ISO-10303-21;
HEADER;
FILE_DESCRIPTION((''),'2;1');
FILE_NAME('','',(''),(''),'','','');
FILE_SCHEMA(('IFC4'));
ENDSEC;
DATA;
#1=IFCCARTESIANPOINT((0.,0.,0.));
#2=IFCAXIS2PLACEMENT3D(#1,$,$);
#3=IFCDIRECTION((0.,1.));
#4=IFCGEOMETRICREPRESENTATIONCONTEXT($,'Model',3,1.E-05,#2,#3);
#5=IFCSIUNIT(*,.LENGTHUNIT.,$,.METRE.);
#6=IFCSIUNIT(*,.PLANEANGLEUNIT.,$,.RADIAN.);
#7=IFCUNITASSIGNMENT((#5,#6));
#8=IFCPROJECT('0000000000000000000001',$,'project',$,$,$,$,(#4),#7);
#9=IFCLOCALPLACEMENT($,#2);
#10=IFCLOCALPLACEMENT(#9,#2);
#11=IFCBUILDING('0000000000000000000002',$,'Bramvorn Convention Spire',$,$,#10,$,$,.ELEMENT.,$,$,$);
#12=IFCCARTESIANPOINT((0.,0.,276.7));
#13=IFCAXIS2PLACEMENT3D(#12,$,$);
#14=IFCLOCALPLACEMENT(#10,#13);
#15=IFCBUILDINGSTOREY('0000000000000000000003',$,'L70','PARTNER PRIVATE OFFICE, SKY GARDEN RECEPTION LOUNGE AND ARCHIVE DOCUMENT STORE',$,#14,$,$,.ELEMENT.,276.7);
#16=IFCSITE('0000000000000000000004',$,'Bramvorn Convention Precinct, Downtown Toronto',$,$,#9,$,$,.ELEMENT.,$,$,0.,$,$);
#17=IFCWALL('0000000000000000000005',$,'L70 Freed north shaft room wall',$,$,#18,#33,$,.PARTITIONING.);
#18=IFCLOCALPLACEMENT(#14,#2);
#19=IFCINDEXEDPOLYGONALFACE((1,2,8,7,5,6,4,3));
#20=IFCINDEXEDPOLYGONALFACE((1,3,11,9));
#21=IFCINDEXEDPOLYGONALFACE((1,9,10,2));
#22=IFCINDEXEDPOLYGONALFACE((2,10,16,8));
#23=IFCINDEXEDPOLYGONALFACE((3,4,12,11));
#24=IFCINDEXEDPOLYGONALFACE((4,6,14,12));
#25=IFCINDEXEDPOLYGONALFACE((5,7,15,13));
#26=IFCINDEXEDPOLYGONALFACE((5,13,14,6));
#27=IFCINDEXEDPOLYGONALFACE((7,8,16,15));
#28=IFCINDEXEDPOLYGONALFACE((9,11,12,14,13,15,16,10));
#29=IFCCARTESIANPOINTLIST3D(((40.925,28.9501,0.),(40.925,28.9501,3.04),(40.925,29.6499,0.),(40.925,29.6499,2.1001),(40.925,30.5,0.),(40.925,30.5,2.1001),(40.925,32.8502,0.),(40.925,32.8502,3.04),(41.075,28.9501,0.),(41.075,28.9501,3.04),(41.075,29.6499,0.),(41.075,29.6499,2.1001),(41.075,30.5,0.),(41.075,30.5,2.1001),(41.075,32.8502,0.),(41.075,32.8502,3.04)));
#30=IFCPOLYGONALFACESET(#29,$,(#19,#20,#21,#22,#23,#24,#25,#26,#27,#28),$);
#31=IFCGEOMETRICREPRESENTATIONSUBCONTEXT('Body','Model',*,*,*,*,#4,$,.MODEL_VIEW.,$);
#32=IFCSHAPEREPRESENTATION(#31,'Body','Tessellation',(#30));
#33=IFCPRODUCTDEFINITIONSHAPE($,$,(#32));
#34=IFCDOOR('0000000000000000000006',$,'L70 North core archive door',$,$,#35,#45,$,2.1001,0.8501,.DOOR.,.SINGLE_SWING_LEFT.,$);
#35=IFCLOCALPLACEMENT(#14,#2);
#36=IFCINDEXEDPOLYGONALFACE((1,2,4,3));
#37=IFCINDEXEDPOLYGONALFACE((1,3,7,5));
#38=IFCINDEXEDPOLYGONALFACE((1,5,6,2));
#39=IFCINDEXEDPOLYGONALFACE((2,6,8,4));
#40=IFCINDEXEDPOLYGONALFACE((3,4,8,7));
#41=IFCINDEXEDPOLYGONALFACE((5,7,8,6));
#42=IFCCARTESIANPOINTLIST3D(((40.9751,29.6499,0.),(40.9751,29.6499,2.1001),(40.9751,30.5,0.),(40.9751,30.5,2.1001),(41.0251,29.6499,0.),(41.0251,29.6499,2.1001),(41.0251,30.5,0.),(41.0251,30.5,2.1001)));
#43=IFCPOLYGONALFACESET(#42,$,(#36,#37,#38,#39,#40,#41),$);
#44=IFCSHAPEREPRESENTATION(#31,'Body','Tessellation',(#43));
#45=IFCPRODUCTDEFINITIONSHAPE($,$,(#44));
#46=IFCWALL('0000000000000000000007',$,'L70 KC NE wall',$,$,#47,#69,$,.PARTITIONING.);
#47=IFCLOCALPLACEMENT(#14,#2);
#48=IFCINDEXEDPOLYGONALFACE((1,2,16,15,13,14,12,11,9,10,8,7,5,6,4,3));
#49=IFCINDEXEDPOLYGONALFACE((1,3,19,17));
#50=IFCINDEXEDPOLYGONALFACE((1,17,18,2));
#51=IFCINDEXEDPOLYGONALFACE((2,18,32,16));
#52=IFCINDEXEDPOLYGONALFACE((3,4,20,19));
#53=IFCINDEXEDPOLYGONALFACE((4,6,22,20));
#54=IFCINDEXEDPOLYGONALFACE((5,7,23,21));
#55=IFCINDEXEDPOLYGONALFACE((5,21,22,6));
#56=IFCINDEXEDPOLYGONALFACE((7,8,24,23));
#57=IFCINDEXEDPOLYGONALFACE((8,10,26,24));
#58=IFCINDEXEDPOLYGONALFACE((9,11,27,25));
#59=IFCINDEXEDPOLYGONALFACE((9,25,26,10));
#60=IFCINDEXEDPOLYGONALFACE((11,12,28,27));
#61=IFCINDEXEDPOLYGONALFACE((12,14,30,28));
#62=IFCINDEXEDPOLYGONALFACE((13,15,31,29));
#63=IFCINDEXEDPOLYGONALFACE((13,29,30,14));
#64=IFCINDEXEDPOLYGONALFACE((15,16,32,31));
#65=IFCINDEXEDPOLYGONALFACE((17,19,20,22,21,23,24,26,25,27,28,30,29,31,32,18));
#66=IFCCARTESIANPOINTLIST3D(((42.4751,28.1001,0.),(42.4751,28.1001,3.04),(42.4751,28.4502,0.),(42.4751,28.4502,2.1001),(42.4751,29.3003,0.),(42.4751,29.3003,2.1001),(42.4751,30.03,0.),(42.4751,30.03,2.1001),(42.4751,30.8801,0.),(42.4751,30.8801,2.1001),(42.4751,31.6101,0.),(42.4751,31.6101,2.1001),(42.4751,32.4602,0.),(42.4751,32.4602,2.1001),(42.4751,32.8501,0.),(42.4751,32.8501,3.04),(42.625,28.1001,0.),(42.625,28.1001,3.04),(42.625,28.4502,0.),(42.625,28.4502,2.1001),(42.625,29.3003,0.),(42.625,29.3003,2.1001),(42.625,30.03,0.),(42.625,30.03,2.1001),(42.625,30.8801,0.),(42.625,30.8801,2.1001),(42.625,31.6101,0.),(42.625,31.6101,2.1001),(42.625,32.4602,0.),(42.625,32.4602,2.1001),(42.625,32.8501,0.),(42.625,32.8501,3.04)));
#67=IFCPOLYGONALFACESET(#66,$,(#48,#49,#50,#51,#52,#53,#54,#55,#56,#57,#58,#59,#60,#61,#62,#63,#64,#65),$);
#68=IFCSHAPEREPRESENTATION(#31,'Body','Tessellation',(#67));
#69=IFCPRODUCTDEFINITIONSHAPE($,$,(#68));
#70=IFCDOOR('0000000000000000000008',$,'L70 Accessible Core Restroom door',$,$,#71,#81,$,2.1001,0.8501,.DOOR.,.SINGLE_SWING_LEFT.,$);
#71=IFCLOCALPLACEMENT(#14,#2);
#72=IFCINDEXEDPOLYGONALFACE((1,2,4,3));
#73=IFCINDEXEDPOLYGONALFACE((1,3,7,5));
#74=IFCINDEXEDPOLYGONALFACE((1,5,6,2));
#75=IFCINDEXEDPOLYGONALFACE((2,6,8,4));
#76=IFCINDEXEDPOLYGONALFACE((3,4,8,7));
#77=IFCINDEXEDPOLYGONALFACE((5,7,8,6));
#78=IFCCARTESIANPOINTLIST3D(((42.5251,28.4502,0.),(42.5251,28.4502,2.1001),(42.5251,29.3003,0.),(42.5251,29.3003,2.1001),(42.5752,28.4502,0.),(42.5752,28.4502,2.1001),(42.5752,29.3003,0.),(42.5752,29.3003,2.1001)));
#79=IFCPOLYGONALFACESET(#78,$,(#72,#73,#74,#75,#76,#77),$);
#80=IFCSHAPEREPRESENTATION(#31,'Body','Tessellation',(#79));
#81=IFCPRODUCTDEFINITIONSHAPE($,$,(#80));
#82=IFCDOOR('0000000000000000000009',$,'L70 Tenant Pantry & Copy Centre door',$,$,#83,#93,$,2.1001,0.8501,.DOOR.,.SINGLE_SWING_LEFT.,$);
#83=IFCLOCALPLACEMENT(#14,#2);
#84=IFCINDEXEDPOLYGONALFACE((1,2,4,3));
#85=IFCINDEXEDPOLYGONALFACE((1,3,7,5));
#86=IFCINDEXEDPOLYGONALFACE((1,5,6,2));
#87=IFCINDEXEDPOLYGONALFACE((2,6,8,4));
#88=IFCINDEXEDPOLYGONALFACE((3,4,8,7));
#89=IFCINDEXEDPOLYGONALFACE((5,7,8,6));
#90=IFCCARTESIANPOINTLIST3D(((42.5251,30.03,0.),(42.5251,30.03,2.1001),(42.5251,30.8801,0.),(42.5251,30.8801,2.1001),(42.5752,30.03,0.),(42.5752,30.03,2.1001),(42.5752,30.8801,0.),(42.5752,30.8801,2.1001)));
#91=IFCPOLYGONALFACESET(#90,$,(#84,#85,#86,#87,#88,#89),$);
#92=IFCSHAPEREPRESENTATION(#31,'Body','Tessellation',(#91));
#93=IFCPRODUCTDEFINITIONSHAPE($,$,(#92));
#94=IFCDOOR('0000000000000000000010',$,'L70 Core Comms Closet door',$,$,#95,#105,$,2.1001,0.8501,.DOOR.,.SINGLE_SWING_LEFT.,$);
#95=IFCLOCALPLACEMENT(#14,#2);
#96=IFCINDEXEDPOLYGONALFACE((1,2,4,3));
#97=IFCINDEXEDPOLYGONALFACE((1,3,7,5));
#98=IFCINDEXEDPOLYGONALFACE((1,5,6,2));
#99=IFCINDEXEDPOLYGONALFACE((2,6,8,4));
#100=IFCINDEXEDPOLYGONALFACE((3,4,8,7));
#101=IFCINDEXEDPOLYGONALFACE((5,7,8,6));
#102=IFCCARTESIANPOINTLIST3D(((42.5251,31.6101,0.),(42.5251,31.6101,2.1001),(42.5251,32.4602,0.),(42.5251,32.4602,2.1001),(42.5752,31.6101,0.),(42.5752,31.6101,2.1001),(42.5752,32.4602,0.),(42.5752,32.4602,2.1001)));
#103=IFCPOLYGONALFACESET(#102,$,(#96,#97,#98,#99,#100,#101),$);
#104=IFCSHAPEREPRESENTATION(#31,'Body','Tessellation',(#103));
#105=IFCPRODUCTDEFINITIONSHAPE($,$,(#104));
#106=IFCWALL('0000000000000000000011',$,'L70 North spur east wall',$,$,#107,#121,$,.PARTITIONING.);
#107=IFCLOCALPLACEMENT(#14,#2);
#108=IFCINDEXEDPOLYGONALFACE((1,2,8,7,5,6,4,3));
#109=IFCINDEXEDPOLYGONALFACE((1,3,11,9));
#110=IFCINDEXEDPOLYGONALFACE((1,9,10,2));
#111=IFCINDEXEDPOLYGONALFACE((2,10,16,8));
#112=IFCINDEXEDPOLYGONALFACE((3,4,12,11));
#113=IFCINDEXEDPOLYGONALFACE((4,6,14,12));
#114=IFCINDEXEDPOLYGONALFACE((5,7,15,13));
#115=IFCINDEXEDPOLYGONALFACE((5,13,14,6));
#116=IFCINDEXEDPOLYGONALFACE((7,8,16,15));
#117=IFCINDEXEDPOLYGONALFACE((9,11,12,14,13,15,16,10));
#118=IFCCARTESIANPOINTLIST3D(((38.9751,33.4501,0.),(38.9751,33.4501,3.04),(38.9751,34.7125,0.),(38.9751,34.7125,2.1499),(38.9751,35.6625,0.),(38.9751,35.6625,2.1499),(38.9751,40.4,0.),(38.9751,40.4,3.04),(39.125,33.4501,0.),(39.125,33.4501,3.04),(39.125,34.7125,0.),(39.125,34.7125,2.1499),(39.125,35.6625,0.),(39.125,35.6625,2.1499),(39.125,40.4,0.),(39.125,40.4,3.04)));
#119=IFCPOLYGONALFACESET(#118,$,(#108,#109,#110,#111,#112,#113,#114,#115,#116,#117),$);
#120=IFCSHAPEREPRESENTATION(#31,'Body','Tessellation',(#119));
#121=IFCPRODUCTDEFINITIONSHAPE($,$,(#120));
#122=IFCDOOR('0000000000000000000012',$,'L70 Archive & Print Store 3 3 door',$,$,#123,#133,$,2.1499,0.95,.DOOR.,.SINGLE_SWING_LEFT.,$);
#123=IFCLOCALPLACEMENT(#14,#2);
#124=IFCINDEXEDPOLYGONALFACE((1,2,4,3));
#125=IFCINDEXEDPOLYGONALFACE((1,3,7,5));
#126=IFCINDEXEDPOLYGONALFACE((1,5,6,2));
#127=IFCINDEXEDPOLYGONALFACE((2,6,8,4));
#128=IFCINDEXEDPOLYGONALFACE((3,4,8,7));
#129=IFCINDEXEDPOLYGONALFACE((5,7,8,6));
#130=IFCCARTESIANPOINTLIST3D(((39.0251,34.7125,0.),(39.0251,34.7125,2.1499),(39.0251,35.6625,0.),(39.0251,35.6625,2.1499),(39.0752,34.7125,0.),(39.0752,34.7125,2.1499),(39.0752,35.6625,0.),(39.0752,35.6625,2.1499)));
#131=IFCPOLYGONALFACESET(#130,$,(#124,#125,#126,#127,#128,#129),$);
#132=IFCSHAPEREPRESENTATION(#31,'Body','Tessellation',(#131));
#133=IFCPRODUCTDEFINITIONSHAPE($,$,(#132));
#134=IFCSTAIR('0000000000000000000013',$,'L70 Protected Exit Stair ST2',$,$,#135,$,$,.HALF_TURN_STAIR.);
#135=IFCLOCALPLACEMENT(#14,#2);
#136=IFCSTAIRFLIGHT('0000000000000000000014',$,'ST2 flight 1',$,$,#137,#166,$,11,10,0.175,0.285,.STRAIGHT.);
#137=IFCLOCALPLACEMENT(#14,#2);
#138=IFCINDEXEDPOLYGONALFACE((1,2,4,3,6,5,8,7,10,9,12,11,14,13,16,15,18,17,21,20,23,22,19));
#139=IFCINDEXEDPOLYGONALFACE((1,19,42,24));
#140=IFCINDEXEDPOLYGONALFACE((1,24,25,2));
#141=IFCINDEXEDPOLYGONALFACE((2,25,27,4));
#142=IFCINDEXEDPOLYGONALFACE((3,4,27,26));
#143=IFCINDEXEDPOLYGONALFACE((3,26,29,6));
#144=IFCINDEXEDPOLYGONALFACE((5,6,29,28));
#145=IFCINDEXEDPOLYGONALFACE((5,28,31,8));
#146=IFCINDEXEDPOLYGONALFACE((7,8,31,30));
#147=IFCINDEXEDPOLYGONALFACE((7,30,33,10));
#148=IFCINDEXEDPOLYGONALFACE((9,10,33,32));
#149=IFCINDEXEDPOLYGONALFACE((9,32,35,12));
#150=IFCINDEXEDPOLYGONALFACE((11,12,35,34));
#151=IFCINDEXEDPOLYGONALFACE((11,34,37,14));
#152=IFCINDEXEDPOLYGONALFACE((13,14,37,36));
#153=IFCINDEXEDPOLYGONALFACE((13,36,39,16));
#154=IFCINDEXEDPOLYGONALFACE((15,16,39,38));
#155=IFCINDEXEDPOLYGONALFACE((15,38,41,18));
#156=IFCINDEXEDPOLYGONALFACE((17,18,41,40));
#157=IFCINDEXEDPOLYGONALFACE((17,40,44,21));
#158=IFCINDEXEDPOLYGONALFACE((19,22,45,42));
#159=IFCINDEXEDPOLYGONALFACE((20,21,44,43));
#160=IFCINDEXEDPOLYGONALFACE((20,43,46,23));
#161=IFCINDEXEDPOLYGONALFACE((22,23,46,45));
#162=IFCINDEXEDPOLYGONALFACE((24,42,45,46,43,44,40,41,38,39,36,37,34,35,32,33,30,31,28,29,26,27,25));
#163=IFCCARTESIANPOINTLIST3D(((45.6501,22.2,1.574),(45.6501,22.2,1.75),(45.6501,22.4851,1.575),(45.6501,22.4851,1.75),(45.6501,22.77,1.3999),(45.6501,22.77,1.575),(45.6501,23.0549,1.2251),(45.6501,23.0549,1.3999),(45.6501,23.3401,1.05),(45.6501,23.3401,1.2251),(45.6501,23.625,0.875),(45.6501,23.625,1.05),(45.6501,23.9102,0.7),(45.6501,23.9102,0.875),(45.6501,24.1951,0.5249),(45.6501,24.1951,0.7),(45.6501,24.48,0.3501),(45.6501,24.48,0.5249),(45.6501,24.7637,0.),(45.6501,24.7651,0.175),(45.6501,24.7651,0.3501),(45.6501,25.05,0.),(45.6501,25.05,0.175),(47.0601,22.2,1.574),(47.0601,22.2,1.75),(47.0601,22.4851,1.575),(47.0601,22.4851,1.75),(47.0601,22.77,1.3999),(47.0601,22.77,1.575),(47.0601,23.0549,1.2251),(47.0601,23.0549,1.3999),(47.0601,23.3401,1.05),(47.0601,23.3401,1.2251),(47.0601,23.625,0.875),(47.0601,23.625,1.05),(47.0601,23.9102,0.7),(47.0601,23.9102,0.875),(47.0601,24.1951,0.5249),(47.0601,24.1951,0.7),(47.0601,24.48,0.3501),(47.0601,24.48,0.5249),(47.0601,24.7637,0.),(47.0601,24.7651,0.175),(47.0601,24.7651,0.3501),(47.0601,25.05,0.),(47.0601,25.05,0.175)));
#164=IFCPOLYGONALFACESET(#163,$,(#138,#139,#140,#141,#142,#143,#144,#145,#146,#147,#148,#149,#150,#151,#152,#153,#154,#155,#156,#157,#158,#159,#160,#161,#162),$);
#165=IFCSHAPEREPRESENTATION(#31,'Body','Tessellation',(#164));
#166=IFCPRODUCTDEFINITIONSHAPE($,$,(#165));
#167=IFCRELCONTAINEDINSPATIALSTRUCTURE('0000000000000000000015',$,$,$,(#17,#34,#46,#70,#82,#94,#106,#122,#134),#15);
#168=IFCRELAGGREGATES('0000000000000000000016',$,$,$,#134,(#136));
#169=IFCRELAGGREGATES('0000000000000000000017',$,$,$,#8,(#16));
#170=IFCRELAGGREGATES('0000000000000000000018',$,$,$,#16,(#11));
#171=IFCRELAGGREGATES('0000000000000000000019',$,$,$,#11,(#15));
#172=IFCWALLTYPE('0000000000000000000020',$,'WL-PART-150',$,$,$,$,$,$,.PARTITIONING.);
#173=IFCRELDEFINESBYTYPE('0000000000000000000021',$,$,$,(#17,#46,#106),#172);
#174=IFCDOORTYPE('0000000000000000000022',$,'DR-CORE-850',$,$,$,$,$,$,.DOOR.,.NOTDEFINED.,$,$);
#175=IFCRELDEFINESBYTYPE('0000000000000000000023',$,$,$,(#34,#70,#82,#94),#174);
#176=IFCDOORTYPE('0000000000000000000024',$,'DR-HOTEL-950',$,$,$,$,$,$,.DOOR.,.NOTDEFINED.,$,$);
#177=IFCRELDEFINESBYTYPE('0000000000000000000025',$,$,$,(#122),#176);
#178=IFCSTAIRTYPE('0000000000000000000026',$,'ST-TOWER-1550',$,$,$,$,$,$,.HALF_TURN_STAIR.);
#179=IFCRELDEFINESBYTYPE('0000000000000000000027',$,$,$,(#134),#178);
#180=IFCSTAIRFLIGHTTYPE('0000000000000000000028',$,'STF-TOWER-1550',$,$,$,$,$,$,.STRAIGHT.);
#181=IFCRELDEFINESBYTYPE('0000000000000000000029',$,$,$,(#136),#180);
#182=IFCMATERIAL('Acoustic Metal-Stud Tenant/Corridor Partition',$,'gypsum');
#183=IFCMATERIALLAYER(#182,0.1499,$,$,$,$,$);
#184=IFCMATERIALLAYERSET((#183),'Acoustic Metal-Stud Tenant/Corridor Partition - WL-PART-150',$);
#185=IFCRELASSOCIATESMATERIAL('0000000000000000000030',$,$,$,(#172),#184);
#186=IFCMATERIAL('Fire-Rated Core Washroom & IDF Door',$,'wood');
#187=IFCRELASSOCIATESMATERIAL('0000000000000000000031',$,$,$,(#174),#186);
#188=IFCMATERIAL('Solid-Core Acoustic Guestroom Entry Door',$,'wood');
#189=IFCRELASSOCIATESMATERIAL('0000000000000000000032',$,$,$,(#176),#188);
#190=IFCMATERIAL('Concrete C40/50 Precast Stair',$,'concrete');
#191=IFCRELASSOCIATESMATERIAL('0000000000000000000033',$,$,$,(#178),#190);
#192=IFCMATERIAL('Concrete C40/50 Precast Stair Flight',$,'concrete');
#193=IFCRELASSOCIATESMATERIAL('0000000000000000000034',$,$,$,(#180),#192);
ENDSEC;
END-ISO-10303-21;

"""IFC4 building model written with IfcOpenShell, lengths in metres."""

from ifc_helpers import new_model, si_unit, direction, frame, frame_2d, origin, place, context, subcontext, project, spatial, polyline, rectangle, outline, extrude, material, layer, layer_set, type_object, element, fill, aggregate, save


model = new_model("IFC4")

# Units and contexts
model_context = context("Model", 3, precision=1e-05, world=origin(), true_north=direction((0.0, 1.0)))
body_context = subcontext(model_context, "Body", "Model", "MODEL_VIEW")
ifc_project = project(units=[si_unit("LENGTHUNIT", "METRE"), si_unit("PLANEANGLEUNIT", "RADIAN")], contexts=[model_context])

# Site, building, storey
site_placement = place(None, origin())
site = spatial("IfcSite", under=ifc_project, at=site_placement, Name="Bramvorn Convention Precinct, Downtown Toronto", CompositionType="ELEMENT", RefElevation=0.0)
building_placement = place(site_placement, origin())
building = spatial("IfcBuilding", under=site, at=building_placement, Name="Bramvorn Convention Spire", CompositionType="ELEMENT")
storey_placement = place(building_placement, frame((0.0, 0.0, 276.7)))
storey = spatial("IfcBuildingStorey", under=building, at=storey_placement, Name="L70", Description="PARTNER PRIVATE OFFICE, SKY GARDEN RECEPTION LOUNGE AND ARCHIVE DOCUMENT STORE", CompositionType="ELEMENT", Elevation=276.7)

# Wall, opening, door
ifc_material_1 = material(Name="Acoustic Metal-Stud Tenant/Corridor Partition", Category="gypsum")
ifc_layer_1 = layer(ifc_material_1, 0.1499)
ifc_layer_set_1 = layer_set([ifc_layer_1], Name="Acoustic Metal-Stud Tenant/Corridor Partition - WL-PART-150")
wall_type_1 = type_object("IfcWallType", Name="WL-PART-150", PredefinedType="PARTITIONING", material=ifc_layer_set_1)
wall_1_placement = place(storey_placement, frame((41.0, 28.95, 0.0), z_axis=(0.0, 0.0, 1.0), x_axis=(0.0, 1.0, 0.0)))
wall_1 = element("IfcWall", 1, at=wall_1_placement, inside=storey, type_object=wall_type_1, Name="L70 Freed north shaft room wall", PredefinedType="PARTITIONING", context=body_context, shape_type="SweptSolid", body=[
    extrude(rectangle(XDim=3.9001, YDim=0.1499, at=frame_2d((1.9502, 0.0))), origin(), (0.0, 0.0, 1.0), 3.04),
])
opening_1_placement = place(wall_1_placement, frame((0.7, 0.0, 0.0)))
opening_1 = element("IfcOpeningElement", 2, at=opening_1_placement, cuts=wall_1, PredefinedType="OPENING", context=body_context, shape_type="SweptSolid", body=[
    extrude(rectangle(XDim=0.8501, YDim=2.1001, at=frame_2d((0.425, 1.05))), frame((0.0, 0.085, 0.0), z_axis=(0.0, -1.0, 0.0), x_axis=(1.0, 0.0, 0.0)), (0.0, 0.0, 1.0), 0.1699),
])
ifc_material_2 = material(Name="Fire-Rated Core Washroom & IDF Door", Category="wood")
door_type_1 = type_object("IfcDoorType", Name="DR-CORE-850", OperationType="NOTDEFINED", PredefinedType="DOOR", material=ifc_material_2)
door_1_placement = place(opening_1_placement, origin())
door_1 = element("IfcDoor", 3, at=door_1_placement, inside=storey, type_object=door_type_1, Name="L70 North core archive door", OperationType="SINGLE_SWING_LEFT", OverallHeight=2.1001, OverallWidth=0.8501, PredefinedType="DOOR", context=body_context, shape_type="SweptSolid", body=[
    extrude(rectangle(XDim=0.8501, YDim=2.1001, at=frame_2d((0.425, 1.05))), frame((0.0, 0.0249, 0.0), z_axis=(0.0, -1.0, 0.0), x_axis=(1.0, 0.0, 0.0)), (0.0, 0.0, 1.0), 0.05),
])
fill(opening_1, door_1)

# Wall, openings, doors
wall_2_placement = place(storey_placement, frame((42.55, 28.1001, 0.0), z_axis=(0.0, 0.0, 1.0), x_axis=(0.0, 1.0, 0.0)))
wall_2 = element("IfcWall", 4, at=wall_2_placement, inside=storey, type_object=wall_type_1, Name="L70 KC NE wall", PredefinedType="PARTITIONING", context=body_context, shape_type="SweptSolid", body=[
    extrude(rectangle(XDim=4.75, YDim=0.1499, at=frame_2d((2.375, 0.0))), origin(), (0.0, 0.0, 1.0), 3.04),
])
opening_2_placement = place(wall_2_placement, frame((0.3501, 0.0, 0.0)))
opening_2 = element("IfcOpeningElement", 5, at=opening_2_placement, cuts=wall_2, PredefinedType="OPENING", context=body_context, shape_type="SweptSolid", body=[
    extrude(rectangle(XDim=0.8501, YDim=2.1001, at=frame_2d((0.425, 1.05))), frame((0.0, 0.085, 0.0), z_axis=(0.0, -1.0, 0.0), x_axis=(1.0, 0.0, 0.0)), (0.0, 0.0, 1.0), 0.1699),
])
opening_3_placement = place(wall_2_placement, frame((1.9299, 0.0, 0.0)))
opening_3 = element("IfcOpeningElement", 6, at=opening_3_placement, cuts=wall_2, PredefinedType="OPENING", context=body_context, shape_type="SweptSolid", body=[
    extrude(rectangle(XDim=0.8501, YDim=2.1001, at=frame_2d((0.425, 1.05))), frame((0.0, 0.085, 0.0), z_axis=(0.0, -1.0, 0.0), x_axis=(1.0, 0.0, 0.0)), (0.0, 0.0, 1.0), 0.1699),
])
opening_4_placement = place(wall_2_placement, frame((3.51, 0.0, 0.0)))
opening_4 = element("IfcOpeningElement", 7, at=opening_4_placement, cuts=wall_2, PredefinedType="OPENING", context=body_context, shape_type="SweptSolid", body=[
    extrude(rectangle(XDim=0.8501, YDim=2.1001, at=frame_2d((0.425, 1.05))), frame((0.0, 0.085, 0.0), z_axis=(0.0, -1.0, 0.0), x_axis=(1.0, 0.0, 0.0)), (0.0, 0.0, 1.0), 0.1699),
])
door_2_placement = place(opening_2_placement, origin())
door_2 = element("IfcDoor", 8, at=door_2_placement, inside=storey, type_object=door_type_1, Name="L70 Accessible Core Restroom door", OperationType="SINGLE_SWING_LEFT", OverallHeight=2.1001, OverallWidth=0.8501, PredefinedType="DOOR", context=body_context, shape_type="SweptSolid", body=[
    extrude(rectangle(XDim=0.8501, YDim=2.1001, at=frame_2d((0.425, 1.05))), frame((0.0, 0.0249, 0.0), z_axis=(0.0, -1.0, 0.0), x_axis=(1.0, 0.0, 0.0)), (0.0, 0.0, 1.0), 0.05),
])
fill(opening_2, door_2)
door_3_placement = place(opening_3_placement, origin())
door_3 = element("IfcDoor", 9, at=door_3_placement, inside=storey, type_object=door_type_1, Name="L70 Tenant Pantry & Copy Centre door", OperationType="SINGLE_SWING_LEFT", OverallHeight=2.1001, OverallWidth=0.8501, PredefinedType="DOOR", context=body_context, shape_type="SweptSolid", body=[
    extrude(rectangle(XDim=0.8501, YDim=2.1001, at=frame_2d((0.425, 1.05))), frame((0.0, 0.0249, 0.0), z_axis=(0.0, -1.0, 0.0), x_axis=(1.0, 0.0, 0.0)), (0.0, 0.0, 1.0), 0.05),
])
fill(opening_3, door_3)
door_4_placement = place(opening_4_placement, origin())
door_4 = element("IfcDoor", 10, at=door_4_placement, inside=storey, type_object=door_type_1, Name="L70 Core Comms Closet door", OperationType="SINGLE_SWING_LEFT", OverallHeight=2.1001, OverallWidth=0.8501, PredefinedType="DOOR", context=body_context, shape_type="SweptSolid", body=[
    extrude(rectangle(XDim=0.8501, YDim=2.1001, at=frame_2d((0.425, 1.05))), frame((0.0, 0.0249, 0.0), z_axis=(0.0, -1.0, 0.0), x_axis=(1.0, 0.0, 0.0)), (0.0, 0.0, 1.0), 0.05),
])
fill(opening_4, door_4)

# Wall, opening, door
wall_3_placement = place(storey_placement, frame((39.05, 33.45, 0.0), z_axis=(0.0, 0.0, 1.0), x_axis=(0.0, 1.0, 0.0)))
wall_3 = element("IfcWall", 11, at=wall_3_placement, inside=storey, type_object=wall_type_1, Name="L70 North spur east wall", PredefinedType="PARTITIONING", context=body_context, shape_type="SweptSolid", body=[
    extrude(rectangle(XDim=6.95, YDim=0.1499, at=frame_2d((3.4751, 0.0))), origin(), (0.0, 0.0, 1.0), 3.04),
])
opening_5_placement = place(wall_3_placement, frame((1.2625, 0.0, 0.0)))
opening_5 = element("IfcOpeningElement", 12, at=opening_5_placement, cuts=wall_3, PredefinedType="OPENING", context=body_context, shape_type="SweptSolid", body=[
    extrude(rectangle(XDim=0.95, YDim=2.1499, at=frame_2d((0.4751, 1.075))), frame((0.0, 0.085, 0.0), z_axis=(0.0, -1.0, 0.0), x_axis=(1.0, 0.0, 0.0)), (0.0, 0.0, 1.0), 0.1699),
])
ifc_material_3 = material(Name="Solid-Core Acoustic Guestroom Entry Door", Category="wood")
door_type_2 = type_object("IfcDoorType", Name="DR-HOTEL-950", OperationType="NOTDEFINED", PredefinedType="DOOR", material=ifc_material_3)
door_5_placement = place(opening_5_placement, origin())
door_5 = element("IfcDoor", 13, at=door_5_placement, inside=storey, type_object=door_type_2, Name="L70 Archive & Print Store 3 3 door", OperationType="SINGLE_SWING_LEFT", OverallHeight=2.1499, OverallWidth=0.95, PredefinedType="DOOR", context=body_context, shape_type="SweptSolid", body=[
    extrude(rectangle(XDim=0.95, YDim=2.1499, at=frame_2d((0.4751, 1.075))), frame((0.0, 0.0249, 0.0), z_axis=(0.0, -1.0, 0.0), x_axis=(1.0, 0.0, 0.0)), (0.0, 0.0, 1.0), 0.05),
])
fill(opening_5, door_5)

# Stair, stair flight
ifc_material_4 = material(Name="Concrete C40/50 Precast Stair", Category="concrete")
stair_type = type_object("IfcStairType", Name="ST-TOWER-1550", PredefinedType="HALF_TURN_STAIR", material=ifc_material_4)
stair_placement = place(storey_placement, origin())
stair = element("IfcStair", 14, at=stair_placement, inside=storey, type_object=stair_type, Name="L70 Protected Exit Stair ST2", PredefinedType="HALF_TURN_STAIR")
ifc_material_5 = material(Name="Concrete C40/50 Precast Stair Flight", Category="concrete")
stair_flight_type = type_object("IfcStairFlightType", Name="STF-TOWER-1550", PredefinedType="STRAIGHT", material=ifc_material_5)
stair_flight_placement = place(storey_placement, frame((46.355, 25.05, 0.0), z_axis=(0.0, 0.0, 1.0), x_axis=(0.0, -1.0, 0.0)))
stair_flight = element("IfcStairFlight", 15, at=stair_flight_placement, type_object=stair_flight_type, Name="ST2 flight 1", NumberOfRisers=11, NumberOfTreads=10, PredefinedType="STRAIGHT", RiserHeight=0.175, TreadLength=0.285, context=body_context, shape_type="SweptSolid", body=[
    extrude(outline(polyline([(0.0, 0.0), (0.0, 0.175), (0.2849, 0.175), (0.2849, 0.3501), (0.5701, 0.3501), (0.5701, 0.5249), (0.855, 0.5249), (0.855, 0.7), (1.1399, 0.7), (1.1399, 0.875), (1.425, 0.875), (1.425, 1.05), (1.71, 1.05), (1.71, 1.2251), (1.9951, 1.2251), (1.9951, 1.3999), (2.28, 1.3999), (2.28, 1.575), (2.5649, 1.575), (2.5649, 1.75), (2.8501, 1.75), (2.8501, 1.925), (2.8501, 1.574), (0.2864, 0.0), (0.0, 0.0)])), frame((0.0, 0.7051, 0.0), z_axis=(0.0, -1.0, 0.0), x_axis=(1.0, 0.0, 0.0)), (0.0, 0.0, 1.0), 1.4099),
])
aggregate(stair, [stair_flight])

save(model, "model.ifc")
